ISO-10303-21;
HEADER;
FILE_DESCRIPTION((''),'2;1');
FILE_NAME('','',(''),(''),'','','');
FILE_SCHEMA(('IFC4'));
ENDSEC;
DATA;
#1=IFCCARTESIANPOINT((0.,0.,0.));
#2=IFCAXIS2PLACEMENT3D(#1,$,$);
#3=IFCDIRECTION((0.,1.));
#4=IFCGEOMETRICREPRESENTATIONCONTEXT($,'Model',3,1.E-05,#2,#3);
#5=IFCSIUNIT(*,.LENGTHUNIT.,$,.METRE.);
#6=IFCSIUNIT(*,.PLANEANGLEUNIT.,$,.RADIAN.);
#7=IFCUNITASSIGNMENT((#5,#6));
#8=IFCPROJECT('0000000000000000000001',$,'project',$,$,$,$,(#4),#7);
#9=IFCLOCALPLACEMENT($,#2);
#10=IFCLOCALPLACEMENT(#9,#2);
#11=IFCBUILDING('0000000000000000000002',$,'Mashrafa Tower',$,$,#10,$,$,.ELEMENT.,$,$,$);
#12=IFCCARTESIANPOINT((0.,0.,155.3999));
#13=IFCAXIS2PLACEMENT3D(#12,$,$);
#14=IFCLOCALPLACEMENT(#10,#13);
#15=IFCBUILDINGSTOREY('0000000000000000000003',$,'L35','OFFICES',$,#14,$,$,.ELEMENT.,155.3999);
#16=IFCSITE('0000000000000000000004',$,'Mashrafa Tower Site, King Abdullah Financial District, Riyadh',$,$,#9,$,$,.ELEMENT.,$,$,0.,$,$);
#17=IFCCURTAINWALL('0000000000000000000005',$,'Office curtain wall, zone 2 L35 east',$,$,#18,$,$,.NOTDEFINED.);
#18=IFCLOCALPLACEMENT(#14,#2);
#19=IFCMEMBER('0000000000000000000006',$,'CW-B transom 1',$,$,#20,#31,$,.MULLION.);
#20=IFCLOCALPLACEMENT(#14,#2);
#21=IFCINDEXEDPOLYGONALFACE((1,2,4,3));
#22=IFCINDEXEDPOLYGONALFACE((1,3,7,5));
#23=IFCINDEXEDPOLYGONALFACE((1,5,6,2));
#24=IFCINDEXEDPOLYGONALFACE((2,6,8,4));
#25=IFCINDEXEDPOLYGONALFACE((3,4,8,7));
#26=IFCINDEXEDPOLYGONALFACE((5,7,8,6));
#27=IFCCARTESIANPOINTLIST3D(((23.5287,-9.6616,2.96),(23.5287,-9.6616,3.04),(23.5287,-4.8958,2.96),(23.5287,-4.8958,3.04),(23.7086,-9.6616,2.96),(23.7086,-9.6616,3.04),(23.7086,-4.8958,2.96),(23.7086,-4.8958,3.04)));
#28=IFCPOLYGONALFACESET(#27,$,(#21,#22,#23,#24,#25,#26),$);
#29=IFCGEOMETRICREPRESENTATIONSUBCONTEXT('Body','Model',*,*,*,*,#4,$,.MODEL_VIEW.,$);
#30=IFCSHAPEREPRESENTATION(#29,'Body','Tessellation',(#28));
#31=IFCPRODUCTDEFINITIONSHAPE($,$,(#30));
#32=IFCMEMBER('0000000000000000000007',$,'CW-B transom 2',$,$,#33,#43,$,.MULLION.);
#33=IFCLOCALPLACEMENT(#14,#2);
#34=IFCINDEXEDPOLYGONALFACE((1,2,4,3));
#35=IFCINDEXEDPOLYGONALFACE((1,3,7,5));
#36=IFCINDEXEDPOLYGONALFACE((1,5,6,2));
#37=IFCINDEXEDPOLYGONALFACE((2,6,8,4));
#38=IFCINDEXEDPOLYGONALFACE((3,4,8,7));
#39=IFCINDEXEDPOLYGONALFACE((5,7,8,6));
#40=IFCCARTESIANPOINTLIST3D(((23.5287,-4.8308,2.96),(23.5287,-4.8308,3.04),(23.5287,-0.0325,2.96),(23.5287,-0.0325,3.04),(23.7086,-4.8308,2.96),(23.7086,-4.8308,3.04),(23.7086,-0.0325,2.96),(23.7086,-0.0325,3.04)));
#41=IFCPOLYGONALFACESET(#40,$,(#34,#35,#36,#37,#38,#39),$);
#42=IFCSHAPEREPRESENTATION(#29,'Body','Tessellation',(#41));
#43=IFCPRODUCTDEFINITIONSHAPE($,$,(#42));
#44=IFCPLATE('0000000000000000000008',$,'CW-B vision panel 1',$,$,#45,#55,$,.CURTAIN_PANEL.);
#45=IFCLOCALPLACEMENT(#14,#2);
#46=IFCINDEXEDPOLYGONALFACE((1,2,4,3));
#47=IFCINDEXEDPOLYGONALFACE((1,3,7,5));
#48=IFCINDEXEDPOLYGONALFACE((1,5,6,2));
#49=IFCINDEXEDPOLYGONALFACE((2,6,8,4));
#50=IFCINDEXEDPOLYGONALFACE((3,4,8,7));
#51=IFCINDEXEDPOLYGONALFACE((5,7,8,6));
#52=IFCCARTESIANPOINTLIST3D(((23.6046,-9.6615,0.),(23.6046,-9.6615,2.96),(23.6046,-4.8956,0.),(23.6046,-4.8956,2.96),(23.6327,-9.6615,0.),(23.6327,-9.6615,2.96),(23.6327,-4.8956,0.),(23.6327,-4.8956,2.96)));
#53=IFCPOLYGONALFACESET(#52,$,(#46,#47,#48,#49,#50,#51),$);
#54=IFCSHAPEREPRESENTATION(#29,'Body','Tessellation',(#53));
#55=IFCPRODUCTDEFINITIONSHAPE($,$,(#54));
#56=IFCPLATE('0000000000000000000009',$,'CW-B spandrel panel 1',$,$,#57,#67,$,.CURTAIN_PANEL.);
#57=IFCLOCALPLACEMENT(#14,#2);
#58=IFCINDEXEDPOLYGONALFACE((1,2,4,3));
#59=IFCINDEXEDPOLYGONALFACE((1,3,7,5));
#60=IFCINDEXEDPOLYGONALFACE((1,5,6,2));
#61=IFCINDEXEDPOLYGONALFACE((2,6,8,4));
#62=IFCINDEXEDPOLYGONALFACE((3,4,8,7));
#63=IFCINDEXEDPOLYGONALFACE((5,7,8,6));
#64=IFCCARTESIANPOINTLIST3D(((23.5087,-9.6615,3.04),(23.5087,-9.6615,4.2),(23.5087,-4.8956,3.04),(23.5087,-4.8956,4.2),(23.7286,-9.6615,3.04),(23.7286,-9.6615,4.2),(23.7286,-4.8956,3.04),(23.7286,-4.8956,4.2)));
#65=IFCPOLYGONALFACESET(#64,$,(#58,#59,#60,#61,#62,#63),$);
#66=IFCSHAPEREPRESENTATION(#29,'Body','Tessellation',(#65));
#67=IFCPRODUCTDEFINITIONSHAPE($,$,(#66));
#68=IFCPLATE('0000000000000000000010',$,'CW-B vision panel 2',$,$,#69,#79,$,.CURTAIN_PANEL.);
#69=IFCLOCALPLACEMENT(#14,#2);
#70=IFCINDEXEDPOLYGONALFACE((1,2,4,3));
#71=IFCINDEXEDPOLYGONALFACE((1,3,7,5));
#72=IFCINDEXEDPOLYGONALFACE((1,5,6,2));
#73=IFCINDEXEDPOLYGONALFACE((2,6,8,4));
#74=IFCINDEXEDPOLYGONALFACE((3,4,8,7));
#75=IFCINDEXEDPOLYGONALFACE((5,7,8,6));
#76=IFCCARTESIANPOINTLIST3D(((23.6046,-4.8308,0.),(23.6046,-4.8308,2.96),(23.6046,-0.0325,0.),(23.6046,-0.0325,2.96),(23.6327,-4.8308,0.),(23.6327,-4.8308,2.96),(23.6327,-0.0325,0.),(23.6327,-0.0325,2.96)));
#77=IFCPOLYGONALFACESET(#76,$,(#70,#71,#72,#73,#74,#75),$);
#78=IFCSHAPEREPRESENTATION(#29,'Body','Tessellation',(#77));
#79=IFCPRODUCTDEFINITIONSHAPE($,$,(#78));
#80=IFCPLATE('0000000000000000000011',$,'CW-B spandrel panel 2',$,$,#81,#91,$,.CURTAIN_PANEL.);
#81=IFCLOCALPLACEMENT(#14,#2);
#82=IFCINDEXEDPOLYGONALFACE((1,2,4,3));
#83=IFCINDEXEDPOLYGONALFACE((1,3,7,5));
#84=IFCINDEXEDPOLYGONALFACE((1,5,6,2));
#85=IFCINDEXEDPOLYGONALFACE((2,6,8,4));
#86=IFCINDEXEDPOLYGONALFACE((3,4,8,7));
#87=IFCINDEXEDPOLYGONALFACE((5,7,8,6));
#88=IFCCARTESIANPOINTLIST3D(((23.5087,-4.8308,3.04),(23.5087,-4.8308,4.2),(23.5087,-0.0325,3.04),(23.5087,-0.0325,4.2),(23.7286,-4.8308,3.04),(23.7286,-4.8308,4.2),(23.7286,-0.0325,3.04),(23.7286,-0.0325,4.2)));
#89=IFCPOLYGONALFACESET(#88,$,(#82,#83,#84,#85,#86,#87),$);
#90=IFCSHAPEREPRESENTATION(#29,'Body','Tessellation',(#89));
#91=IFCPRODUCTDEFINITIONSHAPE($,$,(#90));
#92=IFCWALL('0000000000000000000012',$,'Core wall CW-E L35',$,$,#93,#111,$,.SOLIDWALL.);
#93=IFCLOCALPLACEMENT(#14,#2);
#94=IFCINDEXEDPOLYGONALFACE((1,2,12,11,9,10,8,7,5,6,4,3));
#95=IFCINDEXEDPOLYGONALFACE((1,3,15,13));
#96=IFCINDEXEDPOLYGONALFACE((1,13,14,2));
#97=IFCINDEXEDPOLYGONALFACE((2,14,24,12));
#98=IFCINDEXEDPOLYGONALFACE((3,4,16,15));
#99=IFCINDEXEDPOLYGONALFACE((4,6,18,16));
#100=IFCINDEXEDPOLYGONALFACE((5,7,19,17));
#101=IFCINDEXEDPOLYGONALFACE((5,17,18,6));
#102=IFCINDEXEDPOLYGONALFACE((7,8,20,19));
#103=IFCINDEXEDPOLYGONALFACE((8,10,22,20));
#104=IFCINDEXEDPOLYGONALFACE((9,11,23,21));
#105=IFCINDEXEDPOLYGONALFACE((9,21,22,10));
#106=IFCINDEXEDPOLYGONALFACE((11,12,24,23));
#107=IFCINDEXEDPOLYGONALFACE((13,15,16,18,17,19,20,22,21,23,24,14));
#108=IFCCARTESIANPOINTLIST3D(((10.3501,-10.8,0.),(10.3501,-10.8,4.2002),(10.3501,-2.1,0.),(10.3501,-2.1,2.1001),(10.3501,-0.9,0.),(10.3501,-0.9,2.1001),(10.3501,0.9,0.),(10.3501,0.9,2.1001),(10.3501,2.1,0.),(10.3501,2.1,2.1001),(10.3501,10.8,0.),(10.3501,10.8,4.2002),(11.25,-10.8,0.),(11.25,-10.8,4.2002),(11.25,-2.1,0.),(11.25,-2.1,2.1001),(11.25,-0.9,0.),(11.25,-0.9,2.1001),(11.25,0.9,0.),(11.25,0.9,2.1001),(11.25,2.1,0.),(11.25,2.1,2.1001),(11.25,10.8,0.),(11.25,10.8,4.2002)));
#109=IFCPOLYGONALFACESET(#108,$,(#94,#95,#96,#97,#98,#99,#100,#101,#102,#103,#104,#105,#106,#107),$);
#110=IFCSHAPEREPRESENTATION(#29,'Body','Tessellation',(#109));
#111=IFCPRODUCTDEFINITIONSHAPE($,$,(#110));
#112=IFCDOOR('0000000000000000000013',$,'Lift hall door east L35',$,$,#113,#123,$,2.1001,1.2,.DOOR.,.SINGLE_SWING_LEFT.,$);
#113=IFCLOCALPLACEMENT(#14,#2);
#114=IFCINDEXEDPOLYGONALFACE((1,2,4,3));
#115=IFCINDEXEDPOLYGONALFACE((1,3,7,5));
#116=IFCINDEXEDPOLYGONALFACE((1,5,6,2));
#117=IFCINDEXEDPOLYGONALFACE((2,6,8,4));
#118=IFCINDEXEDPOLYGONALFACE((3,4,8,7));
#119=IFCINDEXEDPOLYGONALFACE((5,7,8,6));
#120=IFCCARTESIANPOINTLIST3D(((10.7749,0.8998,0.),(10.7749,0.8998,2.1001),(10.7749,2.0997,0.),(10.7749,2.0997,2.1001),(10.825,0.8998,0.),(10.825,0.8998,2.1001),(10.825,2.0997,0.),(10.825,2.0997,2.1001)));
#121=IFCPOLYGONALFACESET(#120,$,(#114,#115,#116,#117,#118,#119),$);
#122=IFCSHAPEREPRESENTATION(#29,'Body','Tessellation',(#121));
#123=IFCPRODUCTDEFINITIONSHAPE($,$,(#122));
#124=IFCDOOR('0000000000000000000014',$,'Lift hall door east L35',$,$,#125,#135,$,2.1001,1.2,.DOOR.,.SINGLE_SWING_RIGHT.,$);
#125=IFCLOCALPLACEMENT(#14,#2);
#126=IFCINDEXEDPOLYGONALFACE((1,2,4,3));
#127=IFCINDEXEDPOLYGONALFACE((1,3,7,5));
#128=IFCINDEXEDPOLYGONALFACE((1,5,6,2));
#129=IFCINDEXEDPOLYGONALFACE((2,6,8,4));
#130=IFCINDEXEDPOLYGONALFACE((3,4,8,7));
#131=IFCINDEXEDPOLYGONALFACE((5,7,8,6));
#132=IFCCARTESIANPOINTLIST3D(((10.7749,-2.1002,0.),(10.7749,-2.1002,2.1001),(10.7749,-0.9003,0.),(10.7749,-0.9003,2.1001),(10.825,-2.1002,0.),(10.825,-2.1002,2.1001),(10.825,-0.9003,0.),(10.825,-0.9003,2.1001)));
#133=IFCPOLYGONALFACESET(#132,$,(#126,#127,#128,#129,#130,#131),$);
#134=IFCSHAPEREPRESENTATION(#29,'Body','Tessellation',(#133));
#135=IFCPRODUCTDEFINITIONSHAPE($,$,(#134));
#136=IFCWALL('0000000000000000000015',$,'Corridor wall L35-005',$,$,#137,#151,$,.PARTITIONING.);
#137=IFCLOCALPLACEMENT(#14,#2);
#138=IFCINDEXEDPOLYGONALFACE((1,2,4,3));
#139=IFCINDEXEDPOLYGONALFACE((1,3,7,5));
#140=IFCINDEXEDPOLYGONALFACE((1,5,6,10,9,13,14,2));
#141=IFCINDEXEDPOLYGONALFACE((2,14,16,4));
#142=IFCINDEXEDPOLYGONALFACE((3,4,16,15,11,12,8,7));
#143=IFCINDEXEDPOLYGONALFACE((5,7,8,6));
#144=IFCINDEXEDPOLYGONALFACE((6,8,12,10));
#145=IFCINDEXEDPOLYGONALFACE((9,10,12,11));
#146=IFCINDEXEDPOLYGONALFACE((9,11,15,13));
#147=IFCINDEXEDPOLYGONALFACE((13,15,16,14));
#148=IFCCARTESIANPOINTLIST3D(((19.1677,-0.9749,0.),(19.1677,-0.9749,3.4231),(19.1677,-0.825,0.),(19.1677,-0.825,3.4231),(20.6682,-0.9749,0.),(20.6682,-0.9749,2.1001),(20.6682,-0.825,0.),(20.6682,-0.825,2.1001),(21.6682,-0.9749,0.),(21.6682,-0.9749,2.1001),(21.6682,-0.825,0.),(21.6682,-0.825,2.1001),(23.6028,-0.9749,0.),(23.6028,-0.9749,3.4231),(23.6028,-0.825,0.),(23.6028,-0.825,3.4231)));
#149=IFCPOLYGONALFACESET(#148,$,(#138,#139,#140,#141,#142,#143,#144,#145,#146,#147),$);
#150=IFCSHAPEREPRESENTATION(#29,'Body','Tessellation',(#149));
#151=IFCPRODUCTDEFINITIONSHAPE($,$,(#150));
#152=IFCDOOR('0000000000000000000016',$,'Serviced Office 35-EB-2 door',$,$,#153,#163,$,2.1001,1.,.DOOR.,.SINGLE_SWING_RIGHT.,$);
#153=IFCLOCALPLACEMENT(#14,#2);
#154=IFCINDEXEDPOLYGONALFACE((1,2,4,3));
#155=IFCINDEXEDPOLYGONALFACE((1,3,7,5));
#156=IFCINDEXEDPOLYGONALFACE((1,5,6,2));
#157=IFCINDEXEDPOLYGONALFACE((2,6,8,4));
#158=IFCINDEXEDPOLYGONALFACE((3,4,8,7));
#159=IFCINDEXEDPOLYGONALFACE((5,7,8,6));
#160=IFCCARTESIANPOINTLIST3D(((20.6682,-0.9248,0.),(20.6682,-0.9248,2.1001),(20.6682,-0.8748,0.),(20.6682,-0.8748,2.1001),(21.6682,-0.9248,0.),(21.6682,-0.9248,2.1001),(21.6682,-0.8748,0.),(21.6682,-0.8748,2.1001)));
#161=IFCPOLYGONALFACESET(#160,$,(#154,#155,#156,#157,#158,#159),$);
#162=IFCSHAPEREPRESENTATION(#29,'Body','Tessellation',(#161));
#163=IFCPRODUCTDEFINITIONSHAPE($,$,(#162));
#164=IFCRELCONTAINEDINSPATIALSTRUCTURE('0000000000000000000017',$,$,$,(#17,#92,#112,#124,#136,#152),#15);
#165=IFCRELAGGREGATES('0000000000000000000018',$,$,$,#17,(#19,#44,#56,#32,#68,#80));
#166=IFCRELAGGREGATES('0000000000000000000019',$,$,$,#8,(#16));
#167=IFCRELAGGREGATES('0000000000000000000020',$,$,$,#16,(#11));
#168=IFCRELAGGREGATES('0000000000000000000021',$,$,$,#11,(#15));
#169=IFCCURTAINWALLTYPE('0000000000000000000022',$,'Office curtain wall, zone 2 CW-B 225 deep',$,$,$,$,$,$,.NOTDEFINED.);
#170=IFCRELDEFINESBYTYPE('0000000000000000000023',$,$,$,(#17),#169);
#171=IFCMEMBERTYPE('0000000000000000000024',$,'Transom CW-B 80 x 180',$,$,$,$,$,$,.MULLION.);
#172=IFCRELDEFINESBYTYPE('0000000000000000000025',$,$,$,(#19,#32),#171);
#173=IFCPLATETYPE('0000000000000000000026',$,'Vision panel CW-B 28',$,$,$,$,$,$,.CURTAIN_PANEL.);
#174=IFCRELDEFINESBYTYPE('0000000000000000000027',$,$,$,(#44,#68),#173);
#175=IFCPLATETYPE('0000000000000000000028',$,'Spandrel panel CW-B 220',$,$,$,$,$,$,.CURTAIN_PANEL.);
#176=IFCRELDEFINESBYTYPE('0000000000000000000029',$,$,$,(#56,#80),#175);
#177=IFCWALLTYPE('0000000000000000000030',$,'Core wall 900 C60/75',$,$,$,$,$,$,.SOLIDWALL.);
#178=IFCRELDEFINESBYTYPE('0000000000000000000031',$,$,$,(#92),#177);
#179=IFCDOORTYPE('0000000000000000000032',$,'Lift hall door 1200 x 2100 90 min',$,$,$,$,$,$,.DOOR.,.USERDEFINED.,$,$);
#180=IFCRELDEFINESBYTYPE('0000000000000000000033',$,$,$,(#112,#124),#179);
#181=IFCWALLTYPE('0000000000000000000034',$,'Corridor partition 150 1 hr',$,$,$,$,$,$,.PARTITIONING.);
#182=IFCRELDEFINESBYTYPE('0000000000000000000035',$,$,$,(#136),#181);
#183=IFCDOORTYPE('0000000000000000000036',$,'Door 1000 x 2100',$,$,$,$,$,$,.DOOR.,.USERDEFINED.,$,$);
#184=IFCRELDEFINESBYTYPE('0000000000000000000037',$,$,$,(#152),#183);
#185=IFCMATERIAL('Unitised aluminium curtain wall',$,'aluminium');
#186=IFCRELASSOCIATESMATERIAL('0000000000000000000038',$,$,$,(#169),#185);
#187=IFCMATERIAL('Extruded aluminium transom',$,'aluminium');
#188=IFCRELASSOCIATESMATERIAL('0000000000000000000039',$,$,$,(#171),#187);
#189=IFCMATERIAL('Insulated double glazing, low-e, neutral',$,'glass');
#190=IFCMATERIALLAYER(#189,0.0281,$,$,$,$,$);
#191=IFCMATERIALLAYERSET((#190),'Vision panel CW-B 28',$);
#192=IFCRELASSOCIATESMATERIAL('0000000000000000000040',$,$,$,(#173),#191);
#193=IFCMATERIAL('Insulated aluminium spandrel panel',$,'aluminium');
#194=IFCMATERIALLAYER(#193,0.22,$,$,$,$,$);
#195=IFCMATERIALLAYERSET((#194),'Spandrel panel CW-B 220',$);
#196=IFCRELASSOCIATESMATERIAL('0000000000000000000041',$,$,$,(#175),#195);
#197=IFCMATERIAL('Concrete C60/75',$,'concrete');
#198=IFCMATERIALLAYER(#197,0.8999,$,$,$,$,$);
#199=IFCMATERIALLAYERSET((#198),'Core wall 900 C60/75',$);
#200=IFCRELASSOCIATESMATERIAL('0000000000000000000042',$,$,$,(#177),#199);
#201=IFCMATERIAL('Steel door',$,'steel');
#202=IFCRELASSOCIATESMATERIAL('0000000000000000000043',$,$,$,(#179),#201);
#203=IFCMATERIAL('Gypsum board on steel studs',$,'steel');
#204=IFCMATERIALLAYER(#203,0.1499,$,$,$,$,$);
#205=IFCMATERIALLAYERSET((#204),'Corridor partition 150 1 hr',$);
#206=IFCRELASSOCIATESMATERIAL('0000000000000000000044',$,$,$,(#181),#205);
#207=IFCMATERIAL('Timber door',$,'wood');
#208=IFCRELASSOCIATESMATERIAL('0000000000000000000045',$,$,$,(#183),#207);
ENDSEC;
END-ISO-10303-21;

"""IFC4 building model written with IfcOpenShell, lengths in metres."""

from ifc_helpers import new_model, si_unit, direction, frame, frame_2d, origin, origin_2d, place, context, subcontext, project, spatial, rectangle, extrude, source, transform, mapped, material, layer, layer_set, material_profile, profile_set, type_object, type_shapes, element, fill, aggregate, save


model = new_model("IFC4")

# Units and contexts
model_context = context("Model", 3, precision=1e-05, world=origin(), true_north=direction((0.0, 1.0)))
body_context = subcontext(model_context, "Body", "Model", "MODEL_VIEW")
ifc_project = project(units=[si_unit("LENGTHUNIT", "METRE"), si_unit("PLANEANGLEUNIT", "RADIAN")], contexts=[model_context])

# Site, building, storey
site_placement = place(None, origin())
site = spatial("IfcSite", under=ifc_project, at=site_placement, Name="Mashrafa Tower Site, King Abdullah Financial District, Riyadh", CompositionType="ELEMENT", RefElevation=0.0)
building_placement = place(site_placement, origin())
building = spatial("IfcBuilding", under=site, at=building_placement, Name="Mashrafa Tower", CompositionType="ELEMENT")
storey_placement = place(building_placement, frame((0.0, 0.0, 155.3999)))
storey = spatial("IfcBuildingStorey", under=building, at=storey_placement, Name="L35", Description="OFFICES", CompositionType="ELEMENT", Elevation=155.3999)

# Curtain wall
ifc_material_1 = material(Name="Unitised aluminium curtain wall", Category="aluminium")
curtain_wall_type = type_object("IfcCurtainWallType", Name="Office curtain wall, zone 2 CW-B 225 deep", PredefinedType="NOTDEFINED", material=ifc_material_1)
curtain_wall_1_placement = place(storey_placement, origin())
curtain_wall_1 = element("IfcCurtainWall", 1, at=curtain_wall_1_placement, inside=storey, type_object=curtain_wall_type, Name="Office curtain wall, zone 2 L35 east", PredefinedType="NOTDEFINED")

# Members
ifc_material_2 = material(Name="Extruded aluminium transom", Category="aluminium")
ifc_material_profile_1 = material_profile(ifc_material_2, rectangle(XDim=0.1799, YDim=0.0801, at=origin_2d()), Name="Transom 80x180")
ifc_profile_set_1 = profile_set([ifc_material_profile_1], Name="Extruded aluminium transom")
member_type_1 = type_object("IfcMemberType", Name="Transom CW-B 80 x 180", PredefinedType="MULLION", material=ifc_profile_set_1)
shared_shape_1 = source(origin(), body_context, "Body", "SweptSolid", [
    extrude(rectangle(XDim=0.1799, YDim=0.0801, at=origin_2d()), origin(), (0.0, 0.0, 1.0), 4.7659),
])
member_1_placement = place(storey_placement, frame((23.6187, -9.6616, 3.0), z_axis=(0.0, 1.0, 0.0), x_axis=(-1.0, 0.0, 0.0)))
member_1 = element("IfcMember", 2, at=member_1_placement, type_object=member_type_1, Name="CW-B transom 1", PredefinedType="MULLION", context=body_context, shape_type="MappedRepresentation", body=[
    mapped(shared_shape_1, transform((0.0, 0.0, 0.0))),
])
shared_shape_2 = source(origin(), body_context, "Body", "SweptSolid", [
    extrude(rectangle(XDim=0.1799, YDim=0.0801, at=origin_2d()), origin(), (0.0, 0.0, 1.0), 4.7983),
])
type_shapes(member_type_1, [shared_shape_1, shared_shape_2])
member_2_placement = place(storey_placement, frame((23.6187, -4.8308, 3.0), z_axis=(0.0, 1.0, 0.0), x_axis=(-1.0, 0.0, 0.0)))
member_2 = element("IfcMember", 3, at=member_2_placement, type_object=member_type_1, Name="CW-B transom 2", PredefinedType="MULLION", context=body_context, shape_type="MappedRepresentation", body=[
    mapped(shared_shape_2, transform((0.0, 0.0, 0.0))),
])

# Plates
ifc_material_3 = material(Name="Insulated double glazing, low-e, neutral", Category="glass")
ifc_layer_1 = layer(ifc_material_3, 0.0281)
ifc_layer_set_1 = layer_set([ifc_layer_1], Name="Vision panel CW-B 28")
plate_type_1 = type_object("IfcPlateType", Name="Vision panel CW-B 28", PredefinedType="CURTAIN_PANEL", material=ifc_layer_set_1)
shared_shape_3 = source(origin(), body_context, "Body", "SweptSolid", [
    extrude(rectangle(XDim=4.7659, YDim=0.0281, at=origin_2d()), origin(), (0.0, 0.0, 1.0), 2.96),
])
plate_1_placement = place(storey_placement, frame((23.6187, -7.2786, 0.0), z_axis=(0.0, 0.0, 1.0), x_axis=(0.0, 1.0, 0.0)))
plate_1 = element("IfcPlate", 4, at=plate_1_placement, type_object=plate_type_1, Name="CW-B vision panel 1", PredefinedType="CURTAIN_PANEL", context=body_context, shape_type="MappedRepresentation", body=[
    mapped(shared_shape_3, transform((0.0, 0.0, 0.0))),
])
ifc_material_4 = material(Name="Insulated aluminium spandrel panel", Category="aluminium")
ifc_layer_2 = layer(ifc_material_4, 0.22)
ifc_layer_set_2 = layer_set([ifc_layer_2], Name="Spandrel panel CW-B 220")
plate_type_2 = type_object("IfcPlateType", Name="Spandrel panel CW-B 220", PredefinedType="CURTAIN_PANEL", material=ifc_layer_set_2)
shared_shape_4 = source(origin(), body_context, "Body", "SweptSolid", [
    extrude(rectangle(XDim=4.7659, YDim=0.22, at=origin_2d()), origin(), (0.0, 0.0, 1.0), 1.1599),
])
plate_2_placement = place(storey_placement, frame((23.6187, -7.2786, 3.04), z_axis=(0.0, 0.0, 1.0), x_axis=(0.0, 1.0, 0.0)))
plate_2 = element("IfcPlate", 5, at=plate_2_placement, type_object=plate_type_2, Name="CW-B spandrel panel 1", PredefinedType="CURTAIN_PANEL", context=body_context, shape_type="MappedRepresentation", body=[
    mapped(shared_shape_4, transform((0.0, 0.0, 0.0))),
])
shared_shape_5 = source(origin(), body_context, "Body", "SweptSolid", [
    extrude(rectangle(XDim=4.7983, YDim=0.0281, at=origin_2d()), origin(), (0.0, 0.0, 1.0), 2.96),
])
type_shapes(plate_type_1, [shared_shape_3, shared_shape_5])
plate_3_placement = place(storey_placement, frame((23.6187, -2.4316, 0.0), z_axis=(0.0, 0.0, 1.0), x_axis=(0.0, 1.0, 0.0)))
plate_3 = element("IfcPlate", 6, at=plate_3_placement, type_object=plate_type_1, Name="CW-B vision panel 2", PredefinedType="CURTAIN_PANEL", context=body_context, shape_type="MappedRepresentation", body=[
    mapped(shared_shape_5, transform((0.0, 0.0, 0.0))),
])
shared_shape_6 = source(origin(), body_context, "Body", "SweptSolid", [
    extrude(rectangle(XDim=4.7983, YDim=0.22, at=origin_2d()), origin(), (0.0, 0.0, 1.0), 1.1599),
])
type_shapes(plate_type_2, [shared_shape_4, shared_shape_6])
plate_4_placement = place(storey_placement, frame((23.6187, -2.4316, 3.04), z_axis=(0.0, 0.0, 1.0), x_axis=(0.0, 1.0, 0.0)))
plate_4 = element("IfcPlate", 7, at=plate_4_placement, type_object=plate_type_2, Name="CW-B spandrel panel 2", PredefinedType="CURTAIN_PANEL", context=body_context, shape_type="MappedRepresentation", body=[
    mapped(shared_shape_6, transform((0.0, 0.0, 0.0))),
])
aggregate(curtain_wall_1, [member_1, plate_1, plate_2, member_2, plate_3, plate_4])

# Wall, openings, doors
ifc_material_5 = material(Name="Concrete C60/75", Category="concrete")
ifc_layer_3 = layer(ifc_material_5, 0.8999)
ifc_layer_set_3 = layer_set([ifc_layer_3], Name="Core wall 900 C60/75")
wall_type_1 = type_object("IfcWallType", Name="Core wall 900 C60/75", PredefinedType="SOLIDWALL", material=ifc_layer_set_3)
wall_1_placement = place(storey_placement, frame((10.8, -10.8, 0.0), z_axis=(0.0, 0.0, 1.0), x_axis=(0.0, 1.0, 0.0)))
wall_1 = element("IfcWall", 8, at=wall_1_placement, inside=storey, type_object=wall_type_1, Name="Core wall CW-E L35", PredefinedType="SOLIDWALL", context=body_context, shape_type="SweptSolid", body=[
    extrude(rectangle(XDim=21.6001, YDim=0.8999, at=frame_2d((10.8, 0.0))), origin(), (0.0, 0.0, 1.0), 4.2002),
])
opening_1_placement = place(wall_1_placement, frame((11.7, 0.0, 0.0)))
opening_1 = element("IfcOpeningElement", 9, at=opening_1_placement, cuts=wall_1, PredefinedType="OPENING", context=body_context, shape_type="SweptSolid", body=[
    extrude(rectangle(XDim=1.2, YDim=2.1001, at=frame_2d((0.6001, 1.05))), frame((0.0, 0.46, 0.0), z_axis=(0.0, -1.0, 0.0), x_axis=(1.0, 0.0, 0.0)), (0.0, 0.0, 1.0), 0.9199),
])
opening_2_placement = place(wall_1_placement, frame((8.7, 0.0, 0.0)))
opening_2 = element("IfcOpeningElement", 10, at=opening_2_placement, cuts=wall_1, PredefinedType="OPENING", context=body_context, shape_type="SweptSolid", body=[
    extrude(rectangle(XDim=1.2, YDim=2.1001, at=frame_2d((0.6001, 1.05))), frame((0.0, 0.46, 0.0), z_axis=(0.0, -1.0, 0.0), x_axis=(1.0, 0.0, 0.0)), (0.0, 0.0, 1.0), 0.9199),
])
ifc_material_6 = material(Name="Steel door", Category="steel")
door_type_1 = type_object("IfcDoorType", Name="Lift hall door 1200 x 2100 90 min", OperationType="USERDEFINED", PredefinedType="DOOR", material=ifc_material_6)
door_1_placement = place(opening_1_placement, frame((1.2, 0.0, 0.0), z_axis=(0.0, 0.0, 1.0), x_axis=(-1.0, 0.0, 0.0)))
door_1 = element("IfcDoor", 11, at=door_1_placement, inside=storey, type_object=door_type_1, Name="Lift hall door east L35", OperationType="SINGLE_SWING_LEFT", OverallHeight=2.1001, OverallWidth=1.2, PredefinedType="DOOR", context=body_context, shape_type="SweptSolid", body=[
    extrude(rectangle(XDim=1.2, YDim=2.1001, at=frame_2d((0.6001, 1.05))), frame((0.0, 0.0249, 0.0), z_axis=(0.0, -1.0, 0.0), x_axis=(1.0, 0.0, 0.0)), (0.0, 0.0, 1.0), 0.05),
])
fill(opening_1, door_1)
door_2_placement = place(opening_2_placement, frame((1.2, 0.0, 0.0), z_axis=(0.0, 0.0, 1.0), x_axis=(-1.0, 0.0, 0.0)))
door_2 = element("IfcDoor", 12, at=door_2_placement, inside=storey, type_object=door_type_1, Name="Lift hall door east L35", OperationType="SINGLE_SWING_RIGHT", OverallHeight=2.1001, OverallWidth=1.2, PredefinedType="DOOR", context=body_context, shape_type="SweptSolid", body=[
    extrude(rectangle(XDim=1.2, YDim=2.1001, at=frame_2d((0.6001, 1.05))), frame((0.0, 0.0249, 0.0), z_axis=(0.0, -1.0, 0.0), x_axis=(1.0, 0.0, 0.0)), (0.0, 0.0, 1.0), 0.05),
])
fill(opening_2, door_2)

# Wall, opening, door
ifc_material_7 = material(Name="Gypsum board on steel studs", Category="steel")
ifc_layer_4 = layer(ifc_material_7, 0.1499)
ifc_layer_set_4 = layer_set([ifc_layer_4], Name="Corridor partition 150 1 hr")
wall_type_2 = type_object("IfcWallType", Name="Corridor partition 150 1 hr", PredefinedType="PARTITIONING", material=ifc_layer_set_4)
wall_2_placement = place(storey_placement, frame((19.1677, -0.8999, 0.0), z_axis=(0.0, 0.0, 1.0), x_axis=(1.0, 0.0, 0.0)))
wall_2 = element("IfcWall", 13, at=wall_2_placement, inside=storey, type_object=wall_type_2, Name="Corridor wall L35-005", PredefinedType="PARTITIONING", context=body_context, shape_type="SweptSolid", body=[
    extrude(rectangle(XDim=4.4351, YDim=0.1499, at=frame_2d((2.2175, 0.0))), origin(), (0.0, 0.0, 1.0), 3.4231),
])
opening_3_placement = place(wall_2_placement, frame((1.5005, 0.0, 0.0)))
opening_3 = element("IfcOpeningElement", 14, at=opening_3_placement, cuts=wall_2, PredefinedType="OPENING", context=body_context, shape_type="SweptSolid", body=[
    extrude(rectangle(XDim=1.0, YDim=2.1001, at=frame_2d((0.5, 1.05))), frame((0.0, 0.085, 0.0), z_axis=(0.0, -1.0, 0.0), x_axis=(1.0, 0.0, 0.0)), (0.0, 0.0, 1.0), 0.1699),
])
ifc_material_8 = material(Name="Timber door", Category="wood")
door_type_2 = type_object("IfcDoorType", Name="Door 1000 x 2100", OperationType="USERDEFINED", PredefinedType="DOOR", material=ifc_material_8)
door_3_placement = place(opening_3_placement, frame((1.0, 0.0, 0.0), z_axis=(0.0, 0.0, 1.0), x_axis=(-1.0, 0.0, 0.0)))
door_3 = element("IfcDoor", 15, at=door_3_placement, inside=storey, type_object=door_type_2, Name="Serviced Office 35-EB-2 door", OperationType="SINGLE_SWING_RIGHT", OverallHeight=2.1001, OverallWidth=1.0, PredefinedType="DOOR", context=body_context, shape_type="SweptSolid", body=[
    extrude(rectangle(XDim=1.0, YDim=2.1001, at=frame_2d((0.5, 1.05))), frame((0.0, 0.0249, 0.0), z_axis=(0.0, -1.0, 0.0), x_axis=(1.0, 0.0, 0.0)), (0.0, 0.0, 1.0), 0.05),
])
fill(opening_3, door_3)

save(model, "model.ifc")
